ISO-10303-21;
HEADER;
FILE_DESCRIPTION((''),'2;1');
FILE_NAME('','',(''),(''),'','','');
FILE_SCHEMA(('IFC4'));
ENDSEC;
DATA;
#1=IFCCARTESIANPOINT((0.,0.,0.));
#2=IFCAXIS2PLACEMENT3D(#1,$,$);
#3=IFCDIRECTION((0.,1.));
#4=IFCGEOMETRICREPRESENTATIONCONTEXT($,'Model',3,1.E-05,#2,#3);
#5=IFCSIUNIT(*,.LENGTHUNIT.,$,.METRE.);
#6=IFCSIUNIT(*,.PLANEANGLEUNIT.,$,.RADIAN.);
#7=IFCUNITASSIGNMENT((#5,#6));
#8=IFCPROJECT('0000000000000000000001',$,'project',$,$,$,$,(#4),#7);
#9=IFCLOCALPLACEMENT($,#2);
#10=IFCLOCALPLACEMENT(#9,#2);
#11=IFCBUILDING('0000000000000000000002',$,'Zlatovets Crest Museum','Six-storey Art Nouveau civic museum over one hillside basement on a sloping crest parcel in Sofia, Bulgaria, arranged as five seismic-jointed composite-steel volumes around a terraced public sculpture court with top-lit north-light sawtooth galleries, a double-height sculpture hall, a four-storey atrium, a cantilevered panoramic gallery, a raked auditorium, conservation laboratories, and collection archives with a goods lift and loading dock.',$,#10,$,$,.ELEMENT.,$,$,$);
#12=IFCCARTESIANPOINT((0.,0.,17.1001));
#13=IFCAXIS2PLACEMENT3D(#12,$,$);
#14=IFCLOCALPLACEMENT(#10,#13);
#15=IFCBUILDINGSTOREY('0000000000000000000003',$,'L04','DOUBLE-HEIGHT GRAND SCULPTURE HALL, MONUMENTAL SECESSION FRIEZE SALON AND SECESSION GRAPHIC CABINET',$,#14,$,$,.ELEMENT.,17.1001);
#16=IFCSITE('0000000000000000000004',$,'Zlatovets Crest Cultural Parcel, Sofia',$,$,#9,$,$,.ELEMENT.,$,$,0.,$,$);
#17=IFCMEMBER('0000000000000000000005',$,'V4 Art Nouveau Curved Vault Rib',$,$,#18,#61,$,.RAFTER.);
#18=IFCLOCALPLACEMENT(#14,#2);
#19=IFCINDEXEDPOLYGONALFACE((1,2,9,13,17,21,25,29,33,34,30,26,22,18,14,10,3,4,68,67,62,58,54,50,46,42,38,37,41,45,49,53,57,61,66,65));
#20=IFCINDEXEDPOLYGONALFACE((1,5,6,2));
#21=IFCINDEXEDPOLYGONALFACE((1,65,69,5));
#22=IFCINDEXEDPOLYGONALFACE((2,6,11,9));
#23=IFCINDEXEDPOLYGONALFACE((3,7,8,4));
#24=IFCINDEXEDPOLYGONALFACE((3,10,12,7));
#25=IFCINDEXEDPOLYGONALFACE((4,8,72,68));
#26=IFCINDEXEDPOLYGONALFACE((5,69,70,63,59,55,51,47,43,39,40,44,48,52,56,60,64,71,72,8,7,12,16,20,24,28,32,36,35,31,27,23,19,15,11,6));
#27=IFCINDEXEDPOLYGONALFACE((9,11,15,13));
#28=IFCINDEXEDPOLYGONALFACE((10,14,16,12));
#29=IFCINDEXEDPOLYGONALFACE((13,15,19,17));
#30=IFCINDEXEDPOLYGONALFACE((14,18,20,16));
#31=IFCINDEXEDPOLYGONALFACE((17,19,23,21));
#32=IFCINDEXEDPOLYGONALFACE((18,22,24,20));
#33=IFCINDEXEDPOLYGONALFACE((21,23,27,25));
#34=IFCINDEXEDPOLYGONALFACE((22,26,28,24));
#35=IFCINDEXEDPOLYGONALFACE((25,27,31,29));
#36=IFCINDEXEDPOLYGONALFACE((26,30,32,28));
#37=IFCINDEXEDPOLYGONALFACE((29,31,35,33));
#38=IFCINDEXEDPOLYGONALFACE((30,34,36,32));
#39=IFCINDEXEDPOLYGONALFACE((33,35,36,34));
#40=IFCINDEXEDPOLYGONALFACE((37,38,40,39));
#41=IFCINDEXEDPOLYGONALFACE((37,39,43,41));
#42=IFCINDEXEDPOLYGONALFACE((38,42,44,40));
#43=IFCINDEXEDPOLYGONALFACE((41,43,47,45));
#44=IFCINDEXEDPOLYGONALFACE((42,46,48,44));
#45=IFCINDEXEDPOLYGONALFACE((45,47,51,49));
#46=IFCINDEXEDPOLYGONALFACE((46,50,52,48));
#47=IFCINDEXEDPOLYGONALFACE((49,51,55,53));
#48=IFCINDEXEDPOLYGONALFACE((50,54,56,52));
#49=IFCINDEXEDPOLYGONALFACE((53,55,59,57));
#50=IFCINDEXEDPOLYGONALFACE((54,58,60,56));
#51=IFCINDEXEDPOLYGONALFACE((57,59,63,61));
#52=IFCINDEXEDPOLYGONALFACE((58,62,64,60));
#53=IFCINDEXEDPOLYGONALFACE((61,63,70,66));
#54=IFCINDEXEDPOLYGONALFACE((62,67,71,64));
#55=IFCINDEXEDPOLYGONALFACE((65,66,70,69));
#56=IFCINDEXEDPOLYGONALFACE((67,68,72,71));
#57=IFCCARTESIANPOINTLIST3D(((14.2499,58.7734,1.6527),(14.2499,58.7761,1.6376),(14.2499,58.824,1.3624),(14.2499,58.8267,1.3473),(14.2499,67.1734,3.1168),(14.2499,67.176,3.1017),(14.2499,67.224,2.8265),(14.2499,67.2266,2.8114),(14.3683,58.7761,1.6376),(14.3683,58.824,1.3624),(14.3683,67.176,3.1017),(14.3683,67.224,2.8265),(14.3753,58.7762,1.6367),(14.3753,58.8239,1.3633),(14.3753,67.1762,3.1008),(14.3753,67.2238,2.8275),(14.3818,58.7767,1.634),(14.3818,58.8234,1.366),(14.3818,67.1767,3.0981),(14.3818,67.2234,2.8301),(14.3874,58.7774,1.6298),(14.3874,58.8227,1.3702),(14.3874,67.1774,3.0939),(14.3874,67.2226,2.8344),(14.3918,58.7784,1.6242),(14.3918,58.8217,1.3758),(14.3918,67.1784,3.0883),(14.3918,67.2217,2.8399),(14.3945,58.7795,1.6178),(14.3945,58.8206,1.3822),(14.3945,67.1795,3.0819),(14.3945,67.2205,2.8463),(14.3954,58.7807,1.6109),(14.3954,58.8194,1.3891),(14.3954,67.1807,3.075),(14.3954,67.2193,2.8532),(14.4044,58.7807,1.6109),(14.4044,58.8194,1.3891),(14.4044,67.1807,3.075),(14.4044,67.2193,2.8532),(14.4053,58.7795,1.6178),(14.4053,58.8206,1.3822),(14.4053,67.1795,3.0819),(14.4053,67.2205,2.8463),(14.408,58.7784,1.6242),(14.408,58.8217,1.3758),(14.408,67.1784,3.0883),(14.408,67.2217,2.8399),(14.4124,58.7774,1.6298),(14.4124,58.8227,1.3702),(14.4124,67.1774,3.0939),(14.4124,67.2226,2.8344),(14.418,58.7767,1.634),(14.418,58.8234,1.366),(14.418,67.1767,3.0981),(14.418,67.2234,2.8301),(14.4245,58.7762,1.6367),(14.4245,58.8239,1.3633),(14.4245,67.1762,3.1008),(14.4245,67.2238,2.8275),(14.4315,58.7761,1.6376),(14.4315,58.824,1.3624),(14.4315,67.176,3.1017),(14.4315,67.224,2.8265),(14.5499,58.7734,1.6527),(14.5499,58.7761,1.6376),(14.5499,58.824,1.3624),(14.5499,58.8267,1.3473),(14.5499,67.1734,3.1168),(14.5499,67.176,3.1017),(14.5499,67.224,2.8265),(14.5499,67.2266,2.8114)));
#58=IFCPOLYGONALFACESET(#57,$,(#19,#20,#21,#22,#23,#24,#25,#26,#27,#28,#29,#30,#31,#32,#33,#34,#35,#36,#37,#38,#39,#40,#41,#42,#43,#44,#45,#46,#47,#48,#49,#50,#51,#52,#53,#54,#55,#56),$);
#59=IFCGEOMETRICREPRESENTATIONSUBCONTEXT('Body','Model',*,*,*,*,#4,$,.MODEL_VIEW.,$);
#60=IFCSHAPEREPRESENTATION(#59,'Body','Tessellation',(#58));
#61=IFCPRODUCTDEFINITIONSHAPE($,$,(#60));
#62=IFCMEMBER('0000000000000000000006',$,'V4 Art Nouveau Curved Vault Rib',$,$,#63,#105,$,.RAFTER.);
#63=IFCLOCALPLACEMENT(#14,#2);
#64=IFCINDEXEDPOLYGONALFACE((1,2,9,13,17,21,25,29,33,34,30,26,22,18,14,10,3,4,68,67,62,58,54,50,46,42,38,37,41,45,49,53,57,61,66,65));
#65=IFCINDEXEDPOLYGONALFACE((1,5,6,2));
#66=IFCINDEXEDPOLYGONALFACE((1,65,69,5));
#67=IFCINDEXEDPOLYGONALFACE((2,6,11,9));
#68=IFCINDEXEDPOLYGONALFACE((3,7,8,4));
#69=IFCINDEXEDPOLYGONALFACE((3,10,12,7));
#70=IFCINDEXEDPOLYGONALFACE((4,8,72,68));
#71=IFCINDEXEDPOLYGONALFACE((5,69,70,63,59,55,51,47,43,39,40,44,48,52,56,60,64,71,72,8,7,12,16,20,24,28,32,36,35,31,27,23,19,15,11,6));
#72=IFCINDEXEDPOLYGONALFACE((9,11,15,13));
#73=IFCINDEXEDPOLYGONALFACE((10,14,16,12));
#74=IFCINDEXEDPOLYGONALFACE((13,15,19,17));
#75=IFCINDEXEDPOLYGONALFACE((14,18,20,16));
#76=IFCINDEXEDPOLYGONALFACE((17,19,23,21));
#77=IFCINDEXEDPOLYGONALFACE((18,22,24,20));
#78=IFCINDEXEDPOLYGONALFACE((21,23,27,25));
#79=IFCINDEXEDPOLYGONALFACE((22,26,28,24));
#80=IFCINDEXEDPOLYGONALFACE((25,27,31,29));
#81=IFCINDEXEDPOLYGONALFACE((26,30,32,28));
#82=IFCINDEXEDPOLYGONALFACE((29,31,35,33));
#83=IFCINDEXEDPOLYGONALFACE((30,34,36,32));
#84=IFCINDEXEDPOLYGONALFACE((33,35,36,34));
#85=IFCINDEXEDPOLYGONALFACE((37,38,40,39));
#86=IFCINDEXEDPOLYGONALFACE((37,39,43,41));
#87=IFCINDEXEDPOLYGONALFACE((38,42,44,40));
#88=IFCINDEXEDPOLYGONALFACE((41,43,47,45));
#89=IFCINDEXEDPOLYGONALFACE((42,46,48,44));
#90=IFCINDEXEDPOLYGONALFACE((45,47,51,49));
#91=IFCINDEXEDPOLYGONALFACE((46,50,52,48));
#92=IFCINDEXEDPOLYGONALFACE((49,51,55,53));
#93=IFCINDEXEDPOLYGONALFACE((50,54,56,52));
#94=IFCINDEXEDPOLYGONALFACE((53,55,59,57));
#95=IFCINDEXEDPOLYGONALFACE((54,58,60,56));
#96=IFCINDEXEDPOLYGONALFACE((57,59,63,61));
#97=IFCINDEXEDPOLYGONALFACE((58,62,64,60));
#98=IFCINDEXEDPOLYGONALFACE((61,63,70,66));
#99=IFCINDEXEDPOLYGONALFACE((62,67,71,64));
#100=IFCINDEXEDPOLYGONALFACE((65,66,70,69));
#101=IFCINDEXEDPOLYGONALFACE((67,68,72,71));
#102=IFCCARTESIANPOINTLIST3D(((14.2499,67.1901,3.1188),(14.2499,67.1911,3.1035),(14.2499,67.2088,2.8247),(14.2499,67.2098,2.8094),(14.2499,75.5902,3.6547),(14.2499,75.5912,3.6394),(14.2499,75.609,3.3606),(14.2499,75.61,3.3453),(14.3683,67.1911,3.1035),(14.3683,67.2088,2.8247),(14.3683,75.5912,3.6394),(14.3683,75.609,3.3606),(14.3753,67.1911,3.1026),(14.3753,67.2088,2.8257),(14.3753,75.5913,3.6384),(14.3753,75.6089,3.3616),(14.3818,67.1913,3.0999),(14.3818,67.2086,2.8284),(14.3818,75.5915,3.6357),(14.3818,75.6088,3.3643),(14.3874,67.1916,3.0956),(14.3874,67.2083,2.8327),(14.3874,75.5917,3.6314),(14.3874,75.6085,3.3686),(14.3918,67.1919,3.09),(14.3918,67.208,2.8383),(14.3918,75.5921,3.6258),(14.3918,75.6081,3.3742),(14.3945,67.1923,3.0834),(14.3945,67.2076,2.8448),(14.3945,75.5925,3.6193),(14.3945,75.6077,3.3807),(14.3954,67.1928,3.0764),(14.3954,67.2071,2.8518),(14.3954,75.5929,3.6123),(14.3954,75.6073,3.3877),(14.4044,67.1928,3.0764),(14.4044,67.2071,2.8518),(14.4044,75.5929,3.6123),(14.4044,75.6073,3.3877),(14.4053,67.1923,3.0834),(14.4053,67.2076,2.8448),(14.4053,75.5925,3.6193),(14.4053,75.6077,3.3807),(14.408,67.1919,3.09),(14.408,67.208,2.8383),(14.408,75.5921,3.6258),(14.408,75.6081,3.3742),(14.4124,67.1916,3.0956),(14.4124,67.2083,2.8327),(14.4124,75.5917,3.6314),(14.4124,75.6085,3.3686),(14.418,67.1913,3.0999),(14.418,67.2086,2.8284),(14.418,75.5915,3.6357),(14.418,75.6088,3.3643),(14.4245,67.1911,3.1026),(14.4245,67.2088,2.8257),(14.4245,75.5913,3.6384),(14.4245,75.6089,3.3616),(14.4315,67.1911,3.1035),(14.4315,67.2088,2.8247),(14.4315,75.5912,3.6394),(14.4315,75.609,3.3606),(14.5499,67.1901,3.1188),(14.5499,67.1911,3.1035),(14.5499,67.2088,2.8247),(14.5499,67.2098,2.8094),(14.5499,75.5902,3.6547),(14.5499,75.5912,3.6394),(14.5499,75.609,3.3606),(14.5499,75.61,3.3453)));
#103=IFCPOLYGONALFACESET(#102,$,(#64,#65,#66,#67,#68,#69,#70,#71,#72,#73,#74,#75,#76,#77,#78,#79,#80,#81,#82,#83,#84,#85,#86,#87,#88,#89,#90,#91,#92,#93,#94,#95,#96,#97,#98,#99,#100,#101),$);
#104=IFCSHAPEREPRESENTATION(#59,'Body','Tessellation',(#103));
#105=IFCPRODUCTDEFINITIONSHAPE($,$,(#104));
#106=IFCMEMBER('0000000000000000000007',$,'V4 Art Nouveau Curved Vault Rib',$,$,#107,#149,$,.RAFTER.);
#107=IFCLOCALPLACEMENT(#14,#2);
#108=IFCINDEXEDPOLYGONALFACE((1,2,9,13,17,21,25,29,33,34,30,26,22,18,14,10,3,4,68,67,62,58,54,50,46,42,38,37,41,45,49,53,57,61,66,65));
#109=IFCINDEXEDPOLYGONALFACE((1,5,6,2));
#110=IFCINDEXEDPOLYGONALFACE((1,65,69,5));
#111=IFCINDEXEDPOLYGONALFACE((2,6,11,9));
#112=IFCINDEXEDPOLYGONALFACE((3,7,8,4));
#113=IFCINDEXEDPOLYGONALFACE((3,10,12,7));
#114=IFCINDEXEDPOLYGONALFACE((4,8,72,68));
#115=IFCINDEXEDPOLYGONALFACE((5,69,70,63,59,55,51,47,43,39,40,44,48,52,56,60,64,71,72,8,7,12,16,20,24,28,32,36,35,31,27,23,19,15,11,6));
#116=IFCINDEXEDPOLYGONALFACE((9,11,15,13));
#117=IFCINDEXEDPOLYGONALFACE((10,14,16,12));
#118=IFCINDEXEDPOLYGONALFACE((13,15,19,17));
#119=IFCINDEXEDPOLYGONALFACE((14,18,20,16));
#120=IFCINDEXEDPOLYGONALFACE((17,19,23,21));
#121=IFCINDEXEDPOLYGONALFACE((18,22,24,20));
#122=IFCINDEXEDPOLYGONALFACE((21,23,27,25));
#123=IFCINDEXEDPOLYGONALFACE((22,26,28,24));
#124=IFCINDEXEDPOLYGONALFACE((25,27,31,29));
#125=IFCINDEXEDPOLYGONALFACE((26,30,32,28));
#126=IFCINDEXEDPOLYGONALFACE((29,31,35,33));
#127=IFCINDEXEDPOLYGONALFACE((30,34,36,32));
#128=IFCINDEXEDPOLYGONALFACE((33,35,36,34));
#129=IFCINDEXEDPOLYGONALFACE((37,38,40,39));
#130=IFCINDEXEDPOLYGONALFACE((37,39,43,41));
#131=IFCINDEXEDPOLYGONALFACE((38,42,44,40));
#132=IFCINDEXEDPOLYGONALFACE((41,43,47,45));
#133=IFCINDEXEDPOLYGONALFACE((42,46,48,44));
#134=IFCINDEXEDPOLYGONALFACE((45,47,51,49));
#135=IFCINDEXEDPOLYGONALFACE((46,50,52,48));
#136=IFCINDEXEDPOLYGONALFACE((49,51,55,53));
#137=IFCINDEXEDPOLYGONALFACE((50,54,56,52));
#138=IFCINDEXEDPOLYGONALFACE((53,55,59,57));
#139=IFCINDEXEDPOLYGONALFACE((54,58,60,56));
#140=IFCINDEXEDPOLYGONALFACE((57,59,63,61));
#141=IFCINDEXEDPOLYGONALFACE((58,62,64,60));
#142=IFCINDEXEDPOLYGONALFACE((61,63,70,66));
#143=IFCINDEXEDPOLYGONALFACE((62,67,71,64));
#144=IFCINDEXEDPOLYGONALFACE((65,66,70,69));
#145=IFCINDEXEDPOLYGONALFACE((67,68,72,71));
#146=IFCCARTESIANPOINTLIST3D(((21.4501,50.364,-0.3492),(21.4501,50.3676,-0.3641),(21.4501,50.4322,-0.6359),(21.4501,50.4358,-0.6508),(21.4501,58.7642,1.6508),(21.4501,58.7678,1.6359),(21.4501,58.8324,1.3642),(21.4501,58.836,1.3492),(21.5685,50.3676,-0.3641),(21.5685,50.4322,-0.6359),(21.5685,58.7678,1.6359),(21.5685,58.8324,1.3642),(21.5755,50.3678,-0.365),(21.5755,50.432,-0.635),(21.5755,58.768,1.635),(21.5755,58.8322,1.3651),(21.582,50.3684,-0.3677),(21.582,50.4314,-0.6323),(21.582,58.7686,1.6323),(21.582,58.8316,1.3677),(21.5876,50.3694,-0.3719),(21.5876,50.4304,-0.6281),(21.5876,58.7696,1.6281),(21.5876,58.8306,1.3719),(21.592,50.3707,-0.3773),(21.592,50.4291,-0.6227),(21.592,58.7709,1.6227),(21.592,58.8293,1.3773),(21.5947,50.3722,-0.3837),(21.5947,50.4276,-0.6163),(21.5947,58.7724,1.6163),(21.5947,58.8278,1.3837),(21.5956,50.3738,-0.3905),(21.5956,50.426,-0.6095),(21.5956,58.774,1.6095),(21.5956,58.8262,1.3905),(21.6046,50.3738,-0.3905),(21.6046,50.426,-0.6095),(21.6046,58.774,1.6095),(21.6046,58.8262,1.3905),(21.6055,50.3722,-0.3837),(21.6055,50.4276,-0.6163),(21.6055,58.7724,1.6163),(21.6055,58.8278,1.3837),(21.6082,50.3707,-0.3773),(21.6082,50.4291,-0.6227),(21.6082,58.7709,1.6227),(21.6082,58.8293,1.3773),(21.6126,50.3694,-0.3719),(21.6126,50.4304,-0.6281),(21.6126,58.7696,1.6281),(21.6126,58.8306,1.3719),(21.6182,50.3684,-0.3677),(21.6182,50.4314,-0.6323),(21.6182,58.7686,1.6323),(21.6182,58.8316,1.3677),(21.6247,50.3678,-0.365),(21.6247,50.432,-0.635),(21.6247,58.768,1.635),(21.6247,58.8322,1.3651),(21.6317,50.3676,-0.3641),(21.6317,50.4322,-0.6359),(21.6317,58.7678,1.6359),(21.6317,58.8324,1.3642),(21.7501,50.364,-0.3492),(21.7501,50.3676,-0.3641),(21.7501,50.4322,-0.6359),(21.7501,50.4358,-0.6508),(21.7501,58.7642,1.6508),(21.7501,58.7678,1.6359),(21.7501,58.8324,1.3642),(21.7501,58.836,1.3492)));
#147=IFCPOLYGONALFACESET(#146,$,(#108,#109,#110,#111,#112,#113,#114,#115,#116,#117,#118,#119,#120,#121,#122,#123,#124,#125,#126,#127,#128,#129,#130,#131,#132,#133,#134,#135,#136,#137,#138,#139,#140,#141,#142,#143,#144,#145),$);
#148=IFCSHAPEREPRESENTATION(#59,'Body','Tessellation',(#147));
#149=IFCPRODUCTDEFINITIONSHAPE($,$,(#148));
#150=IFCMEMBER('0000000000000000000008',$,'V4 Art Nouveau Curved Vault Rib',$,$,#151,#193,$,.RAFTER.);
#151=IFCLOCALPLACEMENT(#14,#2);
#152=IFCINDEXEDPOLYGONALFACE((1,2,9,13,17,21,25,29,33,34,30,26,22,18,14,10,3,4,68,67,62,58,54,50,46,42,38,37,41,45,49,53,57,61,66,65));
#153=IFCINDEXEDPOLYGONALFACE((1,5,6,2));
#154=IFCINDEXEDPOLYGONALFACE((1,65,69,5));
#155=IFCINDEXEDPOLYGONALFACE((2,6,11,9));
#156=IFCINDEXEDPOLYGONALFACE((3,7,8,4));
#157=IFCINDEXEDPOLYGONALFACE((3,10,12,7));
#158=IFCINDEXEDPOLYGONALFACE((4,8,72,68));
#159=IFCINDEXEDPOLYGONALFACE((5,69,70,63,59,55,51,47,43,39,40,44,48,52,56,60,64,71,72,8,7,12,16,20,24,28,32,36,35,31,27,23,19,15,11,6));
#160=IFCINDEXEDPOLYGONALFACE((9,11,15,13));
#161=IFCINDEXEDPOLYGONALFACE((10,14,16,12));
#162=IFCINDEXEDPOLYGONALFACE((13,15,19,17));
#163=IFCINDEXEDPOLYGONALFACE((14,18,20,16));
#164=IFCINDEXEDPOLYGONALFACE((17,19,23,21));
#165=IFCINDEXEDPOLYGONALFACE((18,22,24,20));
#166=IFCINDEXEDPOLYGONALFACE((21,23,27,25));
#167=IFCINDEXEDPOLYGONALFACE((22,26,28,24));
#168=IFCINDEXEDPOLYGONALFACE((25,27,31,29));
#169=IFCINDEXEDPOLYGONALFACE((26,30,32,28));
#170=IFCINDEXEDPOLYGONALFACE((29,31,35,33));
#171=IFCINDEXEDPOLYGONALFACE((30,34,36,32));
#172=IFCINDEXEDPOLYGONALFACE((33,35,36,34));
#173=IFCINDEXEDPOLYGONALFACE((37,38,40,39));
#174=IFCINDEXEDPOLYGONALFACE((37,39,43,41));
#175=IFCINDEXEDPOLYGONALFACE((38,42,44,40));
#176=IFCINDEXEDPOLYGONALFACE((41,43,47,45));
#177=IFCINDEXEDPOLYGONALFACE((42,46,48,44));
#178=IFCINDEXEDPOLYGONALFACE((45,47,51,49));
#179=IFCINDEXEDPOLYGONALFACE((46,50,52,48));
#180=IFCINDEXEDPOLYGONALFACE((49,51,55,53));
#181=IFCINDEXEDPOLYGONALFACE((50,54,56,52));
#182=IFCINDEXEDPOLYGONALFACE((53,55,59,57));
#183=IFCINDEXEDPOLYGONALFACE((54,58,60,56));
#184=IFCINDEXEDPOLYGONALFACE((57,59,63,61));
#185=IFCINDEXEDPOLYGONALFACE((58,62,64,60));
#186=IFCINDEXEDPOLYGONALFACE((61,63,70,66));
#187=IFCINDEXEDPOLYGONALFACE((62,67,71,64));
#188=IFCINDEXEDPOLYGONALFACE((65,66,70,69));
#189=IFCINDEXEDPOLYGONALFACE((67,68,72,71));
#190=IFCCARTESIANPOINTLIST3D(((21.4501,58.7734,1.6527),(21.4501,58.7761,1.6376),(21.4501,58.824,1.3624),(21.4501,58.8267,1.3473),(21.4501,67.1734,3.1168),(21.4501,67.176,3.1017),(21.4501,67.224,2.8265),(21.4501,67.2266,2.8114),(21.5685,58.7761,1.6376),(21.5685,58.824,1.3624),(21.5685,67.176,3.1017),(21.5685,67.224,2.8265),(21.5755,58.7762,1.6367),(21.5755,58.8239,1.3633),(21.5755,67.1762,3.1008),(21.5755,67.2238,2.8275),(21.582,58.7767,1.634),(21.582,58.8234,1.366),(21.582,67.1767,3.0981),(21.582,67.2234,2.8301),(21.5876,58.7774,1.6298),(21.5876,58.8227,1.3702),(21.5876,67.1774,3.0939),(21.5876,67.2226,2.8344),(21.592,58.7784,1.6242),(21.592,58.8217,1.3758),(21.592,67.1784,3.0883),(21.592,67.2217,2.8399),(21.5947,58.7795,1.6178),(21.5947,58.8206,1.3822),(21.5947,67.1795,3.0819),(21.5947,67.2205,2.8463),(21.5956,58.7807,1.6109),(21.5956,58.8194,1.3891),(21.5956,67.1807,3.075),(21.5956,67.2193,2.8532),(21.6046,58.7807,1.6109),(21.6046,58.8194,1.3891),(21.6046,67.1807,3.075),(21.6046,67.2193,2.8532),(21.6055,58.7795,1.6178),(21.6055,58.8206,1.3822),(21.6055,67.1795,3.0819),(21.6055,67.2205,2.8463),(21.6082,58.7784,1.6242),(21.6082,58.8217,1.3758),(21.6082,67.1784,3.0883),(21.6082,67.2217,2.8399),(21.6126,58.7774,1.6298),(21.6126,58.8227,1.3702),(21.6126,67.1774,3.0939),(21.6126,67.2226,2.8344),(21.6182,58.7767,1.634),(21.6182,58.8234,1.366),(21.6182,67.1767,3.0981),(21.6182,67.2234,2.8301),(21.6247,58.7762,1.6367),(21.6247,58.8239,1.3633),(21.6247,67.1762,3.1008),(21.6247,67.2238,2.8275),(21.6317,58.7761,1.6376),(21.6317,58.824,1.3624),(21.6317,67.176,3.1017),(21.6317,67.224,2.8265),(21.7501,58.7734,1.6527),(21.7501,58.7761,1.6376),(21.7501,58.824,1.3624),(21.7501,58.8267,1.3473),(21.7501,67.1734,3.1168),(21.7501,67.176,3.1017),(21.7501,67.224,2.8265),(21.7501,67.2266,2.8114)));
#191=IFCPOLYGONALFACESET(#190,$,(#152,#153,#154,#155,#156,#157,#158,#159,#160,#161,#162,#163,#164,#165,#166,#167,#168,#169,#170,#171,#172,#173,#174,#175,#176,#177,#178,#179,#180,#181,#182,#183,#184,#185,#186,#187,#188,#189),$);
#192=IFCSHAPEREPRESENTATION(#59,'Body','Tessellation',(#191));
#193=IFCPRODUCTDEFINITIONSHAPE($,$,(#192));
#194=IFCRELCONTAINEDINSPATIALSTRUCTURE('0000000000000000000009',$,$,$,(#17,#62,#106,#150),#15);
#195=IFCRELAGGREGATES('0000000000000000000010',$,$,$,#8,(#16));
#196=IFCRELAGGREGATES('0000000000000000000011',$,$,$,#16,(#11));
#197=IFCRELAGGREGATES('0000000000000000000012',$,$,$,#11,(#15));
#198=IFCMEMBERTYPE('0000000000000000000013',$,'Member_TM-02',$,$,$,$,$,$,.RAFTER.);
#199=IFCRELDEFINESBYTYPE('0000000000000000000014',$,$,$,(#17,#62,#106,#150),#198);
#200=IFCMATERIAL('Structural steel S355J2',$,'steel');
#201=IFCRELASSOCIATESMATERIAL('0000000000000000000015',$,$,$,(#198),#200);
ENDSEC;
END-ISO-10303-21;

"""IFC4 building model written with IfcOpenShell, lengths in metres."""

from ifc_helpers import new_model, si_unit, direction, frame, origin, origin_2d, place, context, subcontext, project, spatial, i_section, extrude, material, material_profile, profile_set, type_object, element, save


model = new_model("IFC4")

# Units and contexts
model_context = context("Model", 3, precision=1e-05, world=origin(), true_north=direction((0.0, 1.0)))
body_context = subcontext(model_context, "Body", "Model", "MODEL_VIEW")
ifc_project = project(units=[si_unit("LENGTHUNIT", "METRE"), si_unit("PLANEANGLEUNIT", "RADIAN")], contexts=[model_context])

# Site, building, storey
site_placement = place(None, origin())
site = spatial("IfcSite", under=ifc_project, at=site_placement, Name="Zlatovets Crest Cultural Parcel, Sofia", CompositionType="ELEMENT", RefElevation=0.0)
building_placement = place(site_placement, origin())
building = spatial("IfcBuilding", under=site, at=building_placement, Name="Zlatovets Crest Museum", Description="Six-storey Art Nouveau civic museum over one hillside basement on a sloping crest parcel in Sofia, Bulgaria, arranged as five seismic-jointed composite-steel volumes around a terraced public sculpture court with top-lit north-light sawtooth galleries, a double-height sculpture hall, a four-storey atrium, a cantilevered panoramic gallery, a raked auditorium, conservation laboratories, and collection archives with a goods lift and loading dock.", CompositionType="ELEMENT")
storey_placement = place(building_placement, frame((0.0, 0.0, 17.1001)))
storey = spatial("IfcBuildingStorey", under=building, at=storey_placement, Name="L04", Description="DOUBLE-HEIGHT GRAND SCULPTURE HALL, MONUMENTAL SECESSION FRIEZE SALON AND SECESSION GRAPHIC CABINET", CompositionType="ELEMENT", Elevation=17.1001)

# Shared definitions
ifc_material_1 = material(Name="Structural steel S355J2", Category="steel")

# Members
ifc_material_profile_1 = material_profile(ifc_material_1, i_section(OverallWidth=0.3, OverallDepth=0.3101, WebThickness=0.009, FlangeThickness=0.0154, FilletRadius=0.0271, at=origin_2d()), Name="HEA 320")
ifc_profile_set_1 = profile_set([ifc_material_profile_1], Name="Structural steel S355J2")
member_type_1 = type_object("IfcMemberType", Name="Member_TM-02", PredefinedType="RAFTER", material=ifc_profile_set_1)
member_1_placement = place(storey_placement, frame((14.3999, 58.8, 1.5), z_axis=(0.0, 0.985147, 0.171712), x_axis=(-1.0, 0.0, 0.0)))
element("IfcMember", 1, at=member_1_placement, inside=storey, type_object=member_type_1, Name="V4 Art Nouveau Curved Vault Rib", PredefinedType="RAFTER", context=body_context, shape_type="SweptSolid", body=[
    extrude(i_section(OverallWidth=0.3, OverallDepth=0.3101, WebThickness=0.009, FlangeThickness=0.0154, FilletRadius=0.0271, at=origin_2d()), origin(), (0.0, 0.0, 1.0), 8.5266),
])
member_2_placement = place(storey_placement, frame((14.3999, 67.2, 2.9641), z_axis=(0.0, 0.997971, 0.063666), x_axis=(-1.0, 0.0, 0.0)))
element("IfcMember", 2, at=member_2_placement, inside=storey, type_object=member_type_1, Name="V4 Art Nouveau Curved Vault Rib", PredefinedType="RAFTER", context=body_context, shape_type="SweptSolid", body=[
    extrude(i_section(OverallWidth=0.3, OverallDepth=0.3101, WebThickness=0.009, FlangeThickness=0.0154, FilletRadius=0.0271, at=origin_2d()), origin(), (0.0, 0.0, 1.0), 8.4172),
])
member_3_placement = place(storey_placement, frame((21.6001, 50.3999, -0.5), z_axis=(0.0, 0.972807, 0.231617), x_axis=(-1.0, 0.0, 0.0)))
element("IfcMember", 3, at=member_3_placement, inside=storey, type_object=member_type_1, Name="V4 Art Nouveau Curved Vault Rib", PredefinedType="RAFTER", context=body_context, shape_type="SweptSolid", body=[
    extrude(i_section(OverallWidth=0.3, OverallDepth=0.3101, WebThickness=0.009, FlangeThickness=0.0154, FilletRadius=0.0271, at=origin_2d()), origin(), (0.0, 0.0, 1.0), 8.635),
])
member_4_placement = place(storey_placement, frame((21.6001, 58.8, 1.5), z_axis=(0.0, 0.985147, 0.171712), x_axis=(-1.0, 0.0, 0.0)))
element("IfcMember", 4, at=member_4_placement, inside=storey, type_object=member_type_1, Name="V4 Art Nouveau Curved Vault Rib", PredefinedType="RAFTER", context=body_context, shape_type="SweptSolid", body=[
    extrude(i_section(OverallWidth=0.3, OverallDepth=0.3101, WebThickness=0.009, FlangeThickness=0.0154, FilletRadius=0.0271, at=origin_2d()), origin(), (0.0, 0.0, 1.0), 8.5266),
])

save(model, "model.ifc")
